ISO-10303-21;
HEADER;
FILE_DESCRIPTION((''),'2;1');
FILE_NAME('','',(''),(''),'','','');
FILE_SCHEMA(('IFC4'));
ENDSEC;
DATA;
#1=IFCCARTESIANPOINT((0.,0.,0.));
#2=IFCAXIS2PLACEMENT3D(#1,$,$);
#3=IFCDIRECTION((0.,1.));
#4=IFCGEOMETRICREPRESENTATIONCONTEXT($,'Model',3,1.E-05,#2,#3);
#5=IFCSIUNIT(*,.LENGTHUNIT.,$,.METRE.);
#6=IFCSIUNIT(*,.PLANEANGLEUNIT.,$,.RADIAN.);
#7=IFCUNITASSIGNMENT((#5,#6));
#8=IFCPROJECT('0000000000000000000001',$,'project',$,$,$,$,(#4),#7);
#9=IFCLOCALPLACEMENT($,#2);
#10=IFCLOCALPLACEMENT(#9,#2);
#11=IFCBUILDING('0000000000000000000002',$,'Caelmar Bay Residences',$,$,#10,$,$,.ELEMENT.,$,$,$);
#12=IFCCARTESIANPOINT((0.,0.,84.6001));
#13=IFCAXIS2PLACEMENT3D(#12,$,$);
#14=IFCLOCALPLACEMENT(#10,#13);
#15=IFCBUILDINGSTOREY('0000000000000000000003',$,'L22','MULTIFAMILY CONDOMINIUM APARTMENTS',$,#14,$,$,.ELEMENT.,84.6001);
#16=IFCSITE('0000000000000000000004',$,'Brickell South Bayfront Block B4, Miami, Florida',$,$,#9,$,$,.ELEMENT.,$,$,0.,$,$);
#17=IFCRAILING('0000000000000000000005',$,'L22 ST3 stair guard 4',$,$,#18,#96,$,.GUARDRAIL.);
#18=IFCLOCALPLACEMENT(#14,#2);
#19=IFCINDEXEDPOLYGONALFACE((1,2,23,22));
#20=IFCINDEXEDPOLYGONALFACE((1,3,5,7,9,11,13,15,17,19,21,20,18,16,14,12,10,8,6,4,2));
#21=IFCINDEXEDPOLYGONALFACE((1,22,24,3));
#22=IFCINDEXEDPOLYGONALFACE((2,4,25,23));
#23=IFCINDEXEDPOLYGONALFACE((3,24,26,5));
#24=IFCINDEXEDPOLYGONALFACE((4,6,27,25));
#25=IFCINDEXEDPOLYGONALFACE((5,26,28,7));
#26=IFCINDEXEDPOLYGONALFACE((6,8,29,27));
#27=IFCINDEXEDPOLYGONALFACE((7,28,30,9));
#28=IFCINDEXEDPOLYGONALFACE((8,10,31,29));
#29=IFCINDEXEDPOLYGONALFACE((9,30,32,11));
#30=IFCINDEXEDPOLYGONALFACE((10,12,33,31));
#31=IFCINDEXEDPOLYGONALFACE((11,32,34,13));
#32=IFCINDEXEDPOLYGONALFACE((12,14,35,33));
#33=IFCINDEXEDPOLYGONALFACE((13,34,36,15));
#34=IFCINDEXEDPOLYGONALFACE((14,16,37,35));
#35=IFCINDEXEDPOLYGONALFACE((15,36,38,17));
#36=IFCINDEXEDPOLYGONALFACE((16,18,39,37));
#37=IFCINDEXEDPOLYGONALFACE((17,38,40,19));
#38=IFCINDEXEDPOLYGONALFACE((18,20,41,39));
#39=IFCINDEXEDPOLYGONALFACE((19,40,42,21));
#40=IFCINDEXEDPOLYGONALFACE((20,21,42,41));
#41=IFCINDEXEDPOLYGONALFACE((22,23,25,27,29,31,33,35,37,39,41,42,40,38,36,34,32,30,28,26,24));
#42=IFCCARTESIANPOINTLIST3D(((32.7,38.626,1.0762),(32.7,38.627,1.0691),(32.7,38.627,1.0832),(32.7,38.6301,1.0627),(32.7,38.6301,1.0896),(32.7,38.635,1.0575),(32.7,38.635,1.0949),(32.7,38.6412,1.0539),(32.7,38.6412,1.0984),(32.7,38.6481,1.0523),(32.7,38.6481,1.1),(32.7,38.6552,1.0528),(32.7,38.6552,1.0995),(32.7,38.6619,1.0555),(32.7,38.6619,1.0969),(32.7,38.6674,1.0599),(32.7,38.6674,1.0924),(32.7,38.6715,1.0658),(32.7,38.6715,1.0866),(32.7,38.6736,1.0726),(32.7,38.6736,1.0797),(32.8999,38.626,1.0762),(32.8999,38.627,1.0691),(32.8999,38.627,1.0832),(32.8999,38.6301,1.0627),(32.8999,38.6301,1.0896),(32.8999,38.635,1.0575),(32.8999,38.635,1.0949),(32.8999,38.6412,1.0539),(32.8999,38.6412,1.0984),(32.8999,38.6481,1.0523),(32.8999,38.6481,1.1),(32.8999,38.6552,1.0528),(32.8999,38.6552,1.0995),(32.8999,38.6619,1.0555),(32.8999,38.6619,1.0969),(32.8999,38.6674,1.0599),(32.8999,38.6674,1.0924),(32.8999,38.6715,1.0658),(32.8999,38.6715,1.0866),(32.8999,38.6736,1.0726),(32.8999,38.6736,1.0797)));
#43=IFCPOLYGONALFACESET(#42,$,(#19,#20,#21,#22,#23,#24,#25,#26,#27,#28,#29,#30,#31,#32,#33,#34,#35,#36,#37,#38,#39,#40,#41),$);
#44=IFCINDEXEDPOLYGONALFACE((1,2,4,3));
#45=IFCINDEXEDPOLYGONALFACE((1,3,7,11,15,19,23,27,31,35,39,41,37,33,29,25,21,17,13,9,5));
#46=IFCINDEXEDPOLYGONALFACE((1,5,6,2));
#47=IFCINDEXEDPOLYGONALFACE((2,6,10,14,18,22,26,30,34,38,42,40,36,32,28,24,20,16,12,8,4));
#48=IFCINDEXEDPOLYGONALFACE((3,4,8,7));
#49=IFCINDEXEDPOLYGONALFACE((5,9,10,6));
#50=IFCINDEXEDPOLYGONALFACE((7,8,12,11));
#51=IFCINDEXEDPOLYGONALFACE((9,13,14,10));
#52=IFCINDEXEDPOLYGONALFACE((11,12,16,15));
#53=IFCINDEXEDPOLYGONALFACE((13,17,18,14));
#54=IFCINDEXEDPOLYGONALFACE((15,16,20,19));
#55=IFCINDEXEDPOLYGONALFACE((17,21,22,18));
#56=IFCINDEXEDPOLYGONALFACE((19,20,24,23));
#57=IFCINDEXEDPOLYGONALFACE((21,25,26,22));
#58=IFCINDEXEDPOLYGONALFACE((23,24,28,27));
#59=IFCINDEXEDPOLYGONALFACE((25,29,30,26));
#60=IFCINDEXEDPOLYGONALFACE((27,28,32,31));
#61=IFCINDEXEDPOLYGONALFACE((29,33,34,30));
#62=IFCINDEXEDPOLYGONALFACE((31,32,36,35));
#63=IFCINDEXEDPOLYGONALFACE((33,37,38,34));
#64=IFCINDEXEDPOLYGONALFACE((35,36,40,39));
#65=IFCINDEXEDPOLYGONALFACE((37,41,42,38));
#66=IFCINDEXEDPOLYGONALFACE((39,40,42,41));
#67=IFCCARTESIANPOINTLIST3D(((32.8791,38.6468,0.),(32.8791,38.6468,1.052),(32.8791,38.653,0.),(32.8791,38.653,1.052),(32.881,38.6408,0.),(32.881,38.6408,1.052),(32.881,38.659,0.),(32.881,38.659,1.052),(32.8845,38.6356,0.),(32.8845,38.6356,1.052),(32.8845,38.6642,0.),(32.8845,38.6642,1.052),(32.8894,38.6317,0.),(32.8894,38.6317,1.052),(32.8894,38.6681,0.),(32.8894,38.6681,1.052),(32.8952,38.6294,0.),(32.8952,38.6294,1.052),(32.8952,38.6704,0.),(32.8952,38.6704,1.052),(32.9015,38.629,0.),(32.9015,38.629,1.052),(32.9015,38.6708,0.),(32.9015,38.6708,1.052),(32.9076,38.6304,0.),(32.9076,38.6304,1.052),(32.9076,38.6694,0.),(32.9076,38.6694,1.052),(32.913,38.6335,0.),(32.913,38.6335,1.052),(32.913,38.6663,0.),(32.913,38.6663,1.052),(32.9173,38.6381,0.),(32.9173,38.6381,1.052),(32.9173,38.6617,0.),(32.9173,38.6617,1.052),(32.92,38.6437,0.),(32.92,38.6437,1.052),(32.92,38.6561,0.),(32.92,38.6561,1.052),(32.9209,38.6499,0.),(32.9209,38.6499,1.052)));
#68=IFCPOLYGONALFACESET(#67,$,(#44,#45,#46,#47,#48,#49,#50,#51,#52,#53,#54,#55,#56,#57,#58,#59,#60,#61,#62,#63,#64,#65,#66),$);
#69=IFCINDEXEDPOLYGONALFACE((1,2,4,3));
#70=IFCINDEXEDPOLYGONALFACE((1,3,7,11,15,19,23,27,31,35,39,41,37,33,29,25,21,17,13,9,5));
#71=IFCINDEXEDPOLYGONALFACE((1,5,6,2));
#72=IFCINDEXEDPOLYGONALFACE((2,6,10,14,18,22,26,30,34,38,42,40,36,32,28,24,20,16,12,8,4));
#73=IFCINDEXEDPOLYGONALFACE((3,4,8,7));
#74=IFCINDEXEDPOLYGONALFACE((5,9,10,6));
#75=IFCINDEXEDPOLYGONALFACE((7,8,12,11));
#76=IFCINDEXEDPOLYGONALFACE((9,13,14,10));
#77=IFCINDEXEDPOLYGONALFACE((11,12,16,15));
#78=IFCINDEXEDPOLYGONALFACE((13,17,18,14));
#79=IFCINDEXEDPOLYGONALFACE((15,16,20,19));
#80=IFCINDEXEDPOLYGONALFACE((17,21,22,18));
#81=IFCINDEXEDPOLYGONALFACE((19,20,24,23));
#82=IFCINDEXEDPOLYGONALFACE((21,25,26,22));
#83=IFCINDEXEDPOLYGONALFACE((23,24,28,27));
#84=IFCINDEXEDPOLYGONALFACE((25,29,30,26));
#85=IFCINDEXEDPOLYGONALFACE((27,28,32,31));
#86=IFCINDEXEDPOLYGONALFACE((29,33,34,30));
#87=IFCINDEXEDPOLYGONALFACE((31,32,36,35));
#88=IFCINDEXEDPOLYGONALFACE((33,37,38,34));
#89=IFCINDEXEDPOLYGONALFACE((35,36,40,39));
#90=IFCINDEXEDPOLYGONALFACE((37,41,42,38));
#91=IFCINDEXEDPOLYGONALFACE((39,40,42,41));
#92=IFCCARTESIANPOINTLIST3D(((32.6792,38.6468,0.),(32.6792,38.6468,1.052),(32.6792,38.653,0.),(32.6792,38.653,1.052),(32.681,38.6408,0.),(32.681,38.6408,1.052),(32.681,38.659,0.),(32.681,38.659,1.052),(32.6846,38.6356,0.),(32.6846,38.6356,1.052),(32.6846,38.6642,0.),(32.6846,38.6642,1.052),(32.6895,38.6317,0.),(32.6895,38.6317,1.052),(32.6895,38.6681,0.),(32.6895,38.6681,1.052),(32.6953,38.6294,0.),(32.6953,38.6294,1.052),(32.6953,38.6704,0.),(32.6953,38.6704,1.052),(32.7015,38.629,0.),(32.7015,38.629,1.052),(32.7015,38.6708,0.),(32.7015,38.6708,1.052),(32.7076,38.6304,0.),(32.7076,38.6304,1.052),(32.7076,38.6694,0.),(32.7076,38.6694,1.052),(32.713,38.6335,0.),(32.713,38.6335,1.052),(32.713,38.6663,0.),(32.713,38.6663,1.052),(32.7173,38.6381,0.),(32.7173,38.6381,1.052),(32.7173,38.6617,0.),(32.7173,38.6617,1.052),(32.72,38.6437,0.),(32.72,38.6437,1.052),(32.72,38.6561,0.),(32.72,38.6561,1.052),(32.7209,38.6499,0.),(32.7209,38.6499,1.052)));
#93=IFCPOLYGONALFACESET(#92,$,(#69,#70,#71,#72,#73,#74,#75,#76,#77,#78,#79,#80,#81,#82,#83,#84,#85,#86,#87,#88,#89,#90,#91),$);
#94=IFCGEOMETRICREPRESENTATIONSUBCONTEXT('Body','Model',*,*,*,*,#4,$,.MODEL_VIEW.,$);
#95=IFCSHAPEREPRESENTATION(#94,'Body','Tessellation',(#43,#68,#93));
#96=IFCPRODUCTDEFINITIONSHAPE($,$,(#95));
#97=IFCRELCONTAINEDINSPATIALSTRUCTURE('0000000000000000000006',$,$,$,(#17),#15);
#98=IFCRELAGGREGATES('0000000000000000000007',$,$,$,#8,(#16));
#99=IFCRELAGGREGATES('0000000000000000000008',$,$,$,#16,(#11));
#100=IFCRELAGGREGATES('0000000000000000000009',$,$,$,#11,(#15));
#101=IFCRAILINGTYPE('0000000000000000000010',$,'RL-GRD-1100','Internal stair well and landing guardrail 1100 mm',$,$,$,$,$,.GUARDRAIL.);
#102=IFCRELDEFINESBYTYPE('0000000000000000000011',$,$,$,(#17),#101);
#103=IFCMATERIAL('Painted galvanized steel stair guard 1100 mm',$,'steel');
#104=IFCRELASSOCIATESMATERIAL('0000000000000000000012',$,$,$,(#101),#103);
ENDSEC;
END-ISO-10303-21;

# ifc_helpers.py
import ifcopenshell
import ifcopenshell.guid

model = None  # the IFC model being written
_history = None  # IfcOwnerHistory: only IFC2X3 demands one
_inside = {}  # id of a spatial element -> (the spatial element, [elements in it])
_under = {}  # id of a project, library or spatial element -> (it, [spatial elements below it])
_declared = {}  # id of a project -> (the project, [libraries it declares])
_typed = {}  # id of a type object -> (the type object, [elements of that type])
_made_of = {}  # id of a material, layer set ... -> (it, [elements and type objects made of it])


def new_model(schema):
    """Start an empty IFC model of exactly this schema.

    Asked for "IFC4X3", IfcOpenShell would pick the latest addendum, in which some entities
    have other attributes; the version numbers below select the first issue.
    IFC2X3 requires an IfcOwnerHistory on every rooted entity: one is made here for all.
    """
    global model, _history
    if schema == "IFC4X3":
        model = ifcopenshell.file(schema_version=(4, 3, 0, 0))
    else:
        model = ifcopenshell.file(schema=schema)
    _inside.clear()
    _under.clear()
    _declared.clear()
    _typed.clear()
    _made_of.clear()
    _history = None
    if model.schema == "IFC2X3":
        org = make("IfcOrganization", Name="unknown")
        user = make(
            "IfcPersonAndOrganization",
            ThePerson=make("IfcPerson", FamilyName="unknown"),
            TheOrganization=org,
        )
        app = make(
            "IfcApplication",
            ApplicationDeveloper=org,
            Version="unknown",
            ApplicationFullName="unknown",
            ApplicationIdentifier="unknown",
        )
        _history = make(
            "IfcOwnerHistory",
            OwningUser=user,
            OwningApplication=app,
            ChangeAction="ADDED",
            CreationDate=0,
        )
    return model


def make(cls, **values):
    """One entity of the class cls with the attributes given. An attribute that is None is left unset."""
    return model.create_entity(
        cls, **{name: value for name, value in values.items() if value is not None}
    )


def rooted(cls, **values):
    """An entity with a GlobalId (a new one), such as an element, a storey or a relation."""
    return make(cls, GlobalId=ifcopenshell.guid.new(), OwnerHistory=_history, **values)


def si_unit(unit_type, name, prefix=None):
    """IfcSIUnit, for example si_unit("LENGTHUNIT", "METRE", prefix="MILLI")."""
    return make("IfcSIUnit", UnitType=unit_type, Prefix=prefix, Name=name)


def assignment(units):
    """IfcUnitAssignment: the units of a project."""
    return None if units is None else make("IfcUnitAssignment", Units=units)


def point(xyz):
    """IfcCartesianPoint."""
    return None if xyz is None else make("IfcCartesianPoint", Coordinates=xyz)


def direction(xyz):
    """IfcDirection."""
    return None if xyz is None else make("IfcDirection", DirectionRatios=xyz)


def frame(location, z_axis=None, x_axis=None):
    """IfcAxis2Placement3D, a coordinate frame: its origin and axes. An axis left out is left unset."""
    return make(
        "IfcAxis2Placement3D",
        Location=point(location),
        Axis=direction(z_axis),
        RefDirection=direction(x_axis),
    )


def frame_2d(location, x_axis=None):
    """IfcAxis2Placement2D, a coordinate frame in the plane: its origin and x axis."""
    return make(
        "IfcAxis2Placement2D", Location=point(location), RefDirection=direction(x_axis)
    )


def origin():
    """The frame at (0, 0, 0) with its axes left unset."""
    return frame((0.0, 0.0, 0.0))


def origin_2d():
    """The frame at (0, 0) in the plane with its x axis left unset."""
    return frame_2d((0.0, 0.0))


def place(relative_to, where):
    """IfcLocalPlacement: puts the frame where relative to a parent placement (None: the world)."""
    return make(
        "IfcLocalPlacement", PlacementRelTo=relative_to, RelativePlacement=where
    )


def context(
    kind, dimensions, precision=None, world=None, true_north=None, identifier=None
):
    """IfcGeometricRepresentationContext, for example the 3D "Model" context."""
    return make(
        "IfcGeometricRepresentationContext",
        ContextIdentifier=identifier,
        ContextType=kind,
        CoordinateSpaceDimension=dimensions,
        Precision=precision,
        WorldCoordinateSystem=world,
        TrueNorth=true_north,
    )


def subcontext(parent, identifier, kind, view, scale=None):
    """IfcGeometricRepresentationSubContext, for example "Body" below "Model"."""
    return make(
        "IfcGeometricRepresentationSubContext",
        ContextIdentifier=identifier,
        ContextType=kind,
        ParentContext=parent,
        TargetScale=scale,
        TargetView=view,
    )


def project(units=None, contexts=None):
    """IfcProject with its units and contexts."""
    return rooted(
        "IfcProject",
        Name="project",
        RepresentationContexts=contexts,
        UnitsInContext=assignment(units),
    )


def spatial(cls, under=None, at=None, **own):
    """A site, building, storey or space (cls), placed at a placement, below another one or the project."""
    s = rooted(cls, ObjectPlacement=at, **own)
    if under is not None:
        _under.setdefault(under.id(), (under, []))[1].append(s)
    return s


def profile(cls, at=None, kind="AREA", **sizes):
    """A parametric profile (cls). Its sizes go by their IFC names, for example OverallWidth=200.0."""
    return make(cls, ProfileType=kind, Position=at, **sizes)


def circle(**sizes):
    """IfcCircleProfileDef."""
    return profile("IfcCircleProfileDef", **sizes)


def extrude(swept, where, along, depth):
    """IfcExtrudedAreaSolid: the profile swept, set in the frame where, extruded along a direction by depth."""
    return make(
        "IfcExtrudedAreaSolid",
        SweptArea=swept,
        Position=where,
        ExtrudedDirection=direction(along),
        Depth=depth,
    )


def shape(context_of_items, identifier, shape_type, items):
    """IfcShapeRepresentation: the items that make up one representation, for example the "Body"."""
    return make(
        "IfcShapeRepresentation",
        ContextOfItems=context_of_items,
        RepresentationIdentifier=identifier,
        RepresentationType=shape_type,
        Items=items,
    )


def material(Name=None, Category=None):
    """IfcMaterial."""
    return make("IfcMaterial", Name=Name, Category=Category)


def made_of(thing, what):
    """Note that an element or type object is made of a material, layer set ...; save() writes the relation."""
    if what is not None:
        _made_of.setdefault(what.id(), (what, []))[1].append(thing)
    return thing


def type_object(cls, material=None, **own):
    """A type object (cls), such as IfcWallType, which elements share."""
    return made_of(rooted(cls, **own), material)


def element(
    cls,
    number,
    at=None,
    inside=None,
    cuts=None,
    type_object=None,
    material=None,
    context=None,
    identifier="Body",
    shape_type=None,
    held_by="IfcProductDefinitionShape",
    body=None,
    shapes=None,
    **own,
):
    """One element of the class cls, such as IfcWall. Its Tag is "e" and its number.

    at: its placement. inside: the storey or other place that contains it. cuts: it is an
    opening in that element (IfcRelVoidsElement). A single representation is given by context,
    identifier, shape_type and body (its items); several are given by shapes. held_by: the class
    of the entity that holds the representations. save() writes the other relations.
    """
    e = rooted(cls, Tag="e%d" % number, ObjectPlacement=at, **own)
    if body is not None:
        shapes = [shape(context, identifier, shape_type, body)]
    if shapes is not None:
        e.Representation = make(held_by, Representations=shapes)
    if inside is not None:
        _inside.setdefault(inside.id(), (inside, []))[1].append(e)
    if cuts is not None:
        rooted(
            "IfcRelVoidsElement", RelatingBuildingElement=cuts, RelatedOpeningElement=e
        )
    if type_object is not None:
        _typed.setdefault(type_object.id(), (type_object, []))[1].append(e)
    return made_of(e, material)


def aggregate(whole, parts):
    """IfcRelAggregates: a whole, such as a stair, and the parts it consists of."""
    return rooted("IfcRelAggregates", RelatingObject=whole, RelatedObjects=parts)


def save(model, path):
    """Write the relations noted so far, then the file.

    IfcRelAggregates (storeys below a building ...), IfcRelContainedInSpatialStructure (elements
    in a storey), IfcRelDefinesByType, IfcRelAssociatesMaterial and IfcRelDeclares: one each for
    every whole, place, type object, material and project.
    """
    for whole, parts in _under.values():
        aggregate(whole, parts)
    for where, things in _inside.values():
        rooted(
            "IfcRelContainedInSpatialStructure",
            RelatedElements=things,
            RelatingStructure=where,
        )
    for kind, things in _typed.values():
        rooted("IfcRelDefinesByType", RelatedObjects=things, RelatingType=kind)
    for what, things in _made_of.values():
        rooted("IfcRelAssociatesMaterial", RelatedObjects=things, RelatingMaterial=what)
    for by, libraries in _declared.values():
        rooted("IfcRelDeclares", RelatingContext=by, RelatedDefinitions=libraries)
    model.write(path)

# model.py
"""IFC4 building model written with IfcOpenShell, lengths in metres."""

from ifc_helpers import new_model, si_unit, direction, frame, origin, origin_2d, place, context, subcontext, project, spatial, circle, extrude, material, type_object, element, save


model = new_model("IFC4")

# Units and contexts
model_context = context("Model", 3, precision=1e-05, world=origin(), true_north=direction((0.0, 1.0)))
body_context = subcontext(model_context, "Body", "Model", "MODEL_VIEW")
ifc_project = project(units=[si_unit("LENGTHUNIT", "METRE"), si_unit("PLANEANGLEUNIT", "RADIAN")], contexts=[model_context])

# Site, building, storey
site_placement = place(None, origin())
site = spatial("IfcSite", under=ifc_project, at=site_placement, Name="Brickell South Bayfront Block B4, Miami, Florida", CompositionType="ELEMENT", RefElevation=0.0)
building_placement = place(site_placement, origin())
building = spatial("IfcBuilding", under=site, at=building_placement, Name="Caelmar Bay Residences", CompositionType="ELEMENT")
storey_placement = place(building_placement, frame((0.0, 0.0, 84.6001)))
storey = spatial("IfcBuildingStorey", under=building, at=storey_placement, Name="L22", Description="MULTIFAMILY CONDOMINIUM APARTMENTS", CompositionType="ELEMENT", Elevation=84.6001)

# Railing
ifc_material_1 = material(Name="Painted galvanized steel stair guard 1100 mm", Category="steel")
railing_type_1 = type_object("IfcRailingType", Name="RL-GRD-1100", Description="Internal stair well and landing guardrail 1100 mm", PredefinedType="GUARDRAIL", material=ifc_material_1)
railing_1_placement = place(storey_placement, frame((32.8999, 38.6499, 0.0)))
element("IfcRailing", 1, at=railing_1_placement, inside=storey, type_object=railing_type_1, Name="L22 ST3 stair guard 4", PredefinedType="GUARDRAIL", context=body_context, shape_type="SweptSolid", body=[
    extrude(circle(Radius=0.0239, at=origin_2d()), frame((0.0, 0.0, 1.0762), z_axis=(-1.0, 0.0, 0.0), x_axis=(0.0, -1.0, 0.0)), (0.0, 0.0, 1.0), 0.2),
    extrude(circle(Radius=0.021, at=origin_2d()), origin(), (0.0, 0.0, 1.0), 1.052),
    extrude(circle(Radius=0.021, at=origin_2d()), frame((-0.2, 0.0, 0.0)), (0.0, 0.0, 1.0), 1.052),
])

save(model, "model.ifc")
